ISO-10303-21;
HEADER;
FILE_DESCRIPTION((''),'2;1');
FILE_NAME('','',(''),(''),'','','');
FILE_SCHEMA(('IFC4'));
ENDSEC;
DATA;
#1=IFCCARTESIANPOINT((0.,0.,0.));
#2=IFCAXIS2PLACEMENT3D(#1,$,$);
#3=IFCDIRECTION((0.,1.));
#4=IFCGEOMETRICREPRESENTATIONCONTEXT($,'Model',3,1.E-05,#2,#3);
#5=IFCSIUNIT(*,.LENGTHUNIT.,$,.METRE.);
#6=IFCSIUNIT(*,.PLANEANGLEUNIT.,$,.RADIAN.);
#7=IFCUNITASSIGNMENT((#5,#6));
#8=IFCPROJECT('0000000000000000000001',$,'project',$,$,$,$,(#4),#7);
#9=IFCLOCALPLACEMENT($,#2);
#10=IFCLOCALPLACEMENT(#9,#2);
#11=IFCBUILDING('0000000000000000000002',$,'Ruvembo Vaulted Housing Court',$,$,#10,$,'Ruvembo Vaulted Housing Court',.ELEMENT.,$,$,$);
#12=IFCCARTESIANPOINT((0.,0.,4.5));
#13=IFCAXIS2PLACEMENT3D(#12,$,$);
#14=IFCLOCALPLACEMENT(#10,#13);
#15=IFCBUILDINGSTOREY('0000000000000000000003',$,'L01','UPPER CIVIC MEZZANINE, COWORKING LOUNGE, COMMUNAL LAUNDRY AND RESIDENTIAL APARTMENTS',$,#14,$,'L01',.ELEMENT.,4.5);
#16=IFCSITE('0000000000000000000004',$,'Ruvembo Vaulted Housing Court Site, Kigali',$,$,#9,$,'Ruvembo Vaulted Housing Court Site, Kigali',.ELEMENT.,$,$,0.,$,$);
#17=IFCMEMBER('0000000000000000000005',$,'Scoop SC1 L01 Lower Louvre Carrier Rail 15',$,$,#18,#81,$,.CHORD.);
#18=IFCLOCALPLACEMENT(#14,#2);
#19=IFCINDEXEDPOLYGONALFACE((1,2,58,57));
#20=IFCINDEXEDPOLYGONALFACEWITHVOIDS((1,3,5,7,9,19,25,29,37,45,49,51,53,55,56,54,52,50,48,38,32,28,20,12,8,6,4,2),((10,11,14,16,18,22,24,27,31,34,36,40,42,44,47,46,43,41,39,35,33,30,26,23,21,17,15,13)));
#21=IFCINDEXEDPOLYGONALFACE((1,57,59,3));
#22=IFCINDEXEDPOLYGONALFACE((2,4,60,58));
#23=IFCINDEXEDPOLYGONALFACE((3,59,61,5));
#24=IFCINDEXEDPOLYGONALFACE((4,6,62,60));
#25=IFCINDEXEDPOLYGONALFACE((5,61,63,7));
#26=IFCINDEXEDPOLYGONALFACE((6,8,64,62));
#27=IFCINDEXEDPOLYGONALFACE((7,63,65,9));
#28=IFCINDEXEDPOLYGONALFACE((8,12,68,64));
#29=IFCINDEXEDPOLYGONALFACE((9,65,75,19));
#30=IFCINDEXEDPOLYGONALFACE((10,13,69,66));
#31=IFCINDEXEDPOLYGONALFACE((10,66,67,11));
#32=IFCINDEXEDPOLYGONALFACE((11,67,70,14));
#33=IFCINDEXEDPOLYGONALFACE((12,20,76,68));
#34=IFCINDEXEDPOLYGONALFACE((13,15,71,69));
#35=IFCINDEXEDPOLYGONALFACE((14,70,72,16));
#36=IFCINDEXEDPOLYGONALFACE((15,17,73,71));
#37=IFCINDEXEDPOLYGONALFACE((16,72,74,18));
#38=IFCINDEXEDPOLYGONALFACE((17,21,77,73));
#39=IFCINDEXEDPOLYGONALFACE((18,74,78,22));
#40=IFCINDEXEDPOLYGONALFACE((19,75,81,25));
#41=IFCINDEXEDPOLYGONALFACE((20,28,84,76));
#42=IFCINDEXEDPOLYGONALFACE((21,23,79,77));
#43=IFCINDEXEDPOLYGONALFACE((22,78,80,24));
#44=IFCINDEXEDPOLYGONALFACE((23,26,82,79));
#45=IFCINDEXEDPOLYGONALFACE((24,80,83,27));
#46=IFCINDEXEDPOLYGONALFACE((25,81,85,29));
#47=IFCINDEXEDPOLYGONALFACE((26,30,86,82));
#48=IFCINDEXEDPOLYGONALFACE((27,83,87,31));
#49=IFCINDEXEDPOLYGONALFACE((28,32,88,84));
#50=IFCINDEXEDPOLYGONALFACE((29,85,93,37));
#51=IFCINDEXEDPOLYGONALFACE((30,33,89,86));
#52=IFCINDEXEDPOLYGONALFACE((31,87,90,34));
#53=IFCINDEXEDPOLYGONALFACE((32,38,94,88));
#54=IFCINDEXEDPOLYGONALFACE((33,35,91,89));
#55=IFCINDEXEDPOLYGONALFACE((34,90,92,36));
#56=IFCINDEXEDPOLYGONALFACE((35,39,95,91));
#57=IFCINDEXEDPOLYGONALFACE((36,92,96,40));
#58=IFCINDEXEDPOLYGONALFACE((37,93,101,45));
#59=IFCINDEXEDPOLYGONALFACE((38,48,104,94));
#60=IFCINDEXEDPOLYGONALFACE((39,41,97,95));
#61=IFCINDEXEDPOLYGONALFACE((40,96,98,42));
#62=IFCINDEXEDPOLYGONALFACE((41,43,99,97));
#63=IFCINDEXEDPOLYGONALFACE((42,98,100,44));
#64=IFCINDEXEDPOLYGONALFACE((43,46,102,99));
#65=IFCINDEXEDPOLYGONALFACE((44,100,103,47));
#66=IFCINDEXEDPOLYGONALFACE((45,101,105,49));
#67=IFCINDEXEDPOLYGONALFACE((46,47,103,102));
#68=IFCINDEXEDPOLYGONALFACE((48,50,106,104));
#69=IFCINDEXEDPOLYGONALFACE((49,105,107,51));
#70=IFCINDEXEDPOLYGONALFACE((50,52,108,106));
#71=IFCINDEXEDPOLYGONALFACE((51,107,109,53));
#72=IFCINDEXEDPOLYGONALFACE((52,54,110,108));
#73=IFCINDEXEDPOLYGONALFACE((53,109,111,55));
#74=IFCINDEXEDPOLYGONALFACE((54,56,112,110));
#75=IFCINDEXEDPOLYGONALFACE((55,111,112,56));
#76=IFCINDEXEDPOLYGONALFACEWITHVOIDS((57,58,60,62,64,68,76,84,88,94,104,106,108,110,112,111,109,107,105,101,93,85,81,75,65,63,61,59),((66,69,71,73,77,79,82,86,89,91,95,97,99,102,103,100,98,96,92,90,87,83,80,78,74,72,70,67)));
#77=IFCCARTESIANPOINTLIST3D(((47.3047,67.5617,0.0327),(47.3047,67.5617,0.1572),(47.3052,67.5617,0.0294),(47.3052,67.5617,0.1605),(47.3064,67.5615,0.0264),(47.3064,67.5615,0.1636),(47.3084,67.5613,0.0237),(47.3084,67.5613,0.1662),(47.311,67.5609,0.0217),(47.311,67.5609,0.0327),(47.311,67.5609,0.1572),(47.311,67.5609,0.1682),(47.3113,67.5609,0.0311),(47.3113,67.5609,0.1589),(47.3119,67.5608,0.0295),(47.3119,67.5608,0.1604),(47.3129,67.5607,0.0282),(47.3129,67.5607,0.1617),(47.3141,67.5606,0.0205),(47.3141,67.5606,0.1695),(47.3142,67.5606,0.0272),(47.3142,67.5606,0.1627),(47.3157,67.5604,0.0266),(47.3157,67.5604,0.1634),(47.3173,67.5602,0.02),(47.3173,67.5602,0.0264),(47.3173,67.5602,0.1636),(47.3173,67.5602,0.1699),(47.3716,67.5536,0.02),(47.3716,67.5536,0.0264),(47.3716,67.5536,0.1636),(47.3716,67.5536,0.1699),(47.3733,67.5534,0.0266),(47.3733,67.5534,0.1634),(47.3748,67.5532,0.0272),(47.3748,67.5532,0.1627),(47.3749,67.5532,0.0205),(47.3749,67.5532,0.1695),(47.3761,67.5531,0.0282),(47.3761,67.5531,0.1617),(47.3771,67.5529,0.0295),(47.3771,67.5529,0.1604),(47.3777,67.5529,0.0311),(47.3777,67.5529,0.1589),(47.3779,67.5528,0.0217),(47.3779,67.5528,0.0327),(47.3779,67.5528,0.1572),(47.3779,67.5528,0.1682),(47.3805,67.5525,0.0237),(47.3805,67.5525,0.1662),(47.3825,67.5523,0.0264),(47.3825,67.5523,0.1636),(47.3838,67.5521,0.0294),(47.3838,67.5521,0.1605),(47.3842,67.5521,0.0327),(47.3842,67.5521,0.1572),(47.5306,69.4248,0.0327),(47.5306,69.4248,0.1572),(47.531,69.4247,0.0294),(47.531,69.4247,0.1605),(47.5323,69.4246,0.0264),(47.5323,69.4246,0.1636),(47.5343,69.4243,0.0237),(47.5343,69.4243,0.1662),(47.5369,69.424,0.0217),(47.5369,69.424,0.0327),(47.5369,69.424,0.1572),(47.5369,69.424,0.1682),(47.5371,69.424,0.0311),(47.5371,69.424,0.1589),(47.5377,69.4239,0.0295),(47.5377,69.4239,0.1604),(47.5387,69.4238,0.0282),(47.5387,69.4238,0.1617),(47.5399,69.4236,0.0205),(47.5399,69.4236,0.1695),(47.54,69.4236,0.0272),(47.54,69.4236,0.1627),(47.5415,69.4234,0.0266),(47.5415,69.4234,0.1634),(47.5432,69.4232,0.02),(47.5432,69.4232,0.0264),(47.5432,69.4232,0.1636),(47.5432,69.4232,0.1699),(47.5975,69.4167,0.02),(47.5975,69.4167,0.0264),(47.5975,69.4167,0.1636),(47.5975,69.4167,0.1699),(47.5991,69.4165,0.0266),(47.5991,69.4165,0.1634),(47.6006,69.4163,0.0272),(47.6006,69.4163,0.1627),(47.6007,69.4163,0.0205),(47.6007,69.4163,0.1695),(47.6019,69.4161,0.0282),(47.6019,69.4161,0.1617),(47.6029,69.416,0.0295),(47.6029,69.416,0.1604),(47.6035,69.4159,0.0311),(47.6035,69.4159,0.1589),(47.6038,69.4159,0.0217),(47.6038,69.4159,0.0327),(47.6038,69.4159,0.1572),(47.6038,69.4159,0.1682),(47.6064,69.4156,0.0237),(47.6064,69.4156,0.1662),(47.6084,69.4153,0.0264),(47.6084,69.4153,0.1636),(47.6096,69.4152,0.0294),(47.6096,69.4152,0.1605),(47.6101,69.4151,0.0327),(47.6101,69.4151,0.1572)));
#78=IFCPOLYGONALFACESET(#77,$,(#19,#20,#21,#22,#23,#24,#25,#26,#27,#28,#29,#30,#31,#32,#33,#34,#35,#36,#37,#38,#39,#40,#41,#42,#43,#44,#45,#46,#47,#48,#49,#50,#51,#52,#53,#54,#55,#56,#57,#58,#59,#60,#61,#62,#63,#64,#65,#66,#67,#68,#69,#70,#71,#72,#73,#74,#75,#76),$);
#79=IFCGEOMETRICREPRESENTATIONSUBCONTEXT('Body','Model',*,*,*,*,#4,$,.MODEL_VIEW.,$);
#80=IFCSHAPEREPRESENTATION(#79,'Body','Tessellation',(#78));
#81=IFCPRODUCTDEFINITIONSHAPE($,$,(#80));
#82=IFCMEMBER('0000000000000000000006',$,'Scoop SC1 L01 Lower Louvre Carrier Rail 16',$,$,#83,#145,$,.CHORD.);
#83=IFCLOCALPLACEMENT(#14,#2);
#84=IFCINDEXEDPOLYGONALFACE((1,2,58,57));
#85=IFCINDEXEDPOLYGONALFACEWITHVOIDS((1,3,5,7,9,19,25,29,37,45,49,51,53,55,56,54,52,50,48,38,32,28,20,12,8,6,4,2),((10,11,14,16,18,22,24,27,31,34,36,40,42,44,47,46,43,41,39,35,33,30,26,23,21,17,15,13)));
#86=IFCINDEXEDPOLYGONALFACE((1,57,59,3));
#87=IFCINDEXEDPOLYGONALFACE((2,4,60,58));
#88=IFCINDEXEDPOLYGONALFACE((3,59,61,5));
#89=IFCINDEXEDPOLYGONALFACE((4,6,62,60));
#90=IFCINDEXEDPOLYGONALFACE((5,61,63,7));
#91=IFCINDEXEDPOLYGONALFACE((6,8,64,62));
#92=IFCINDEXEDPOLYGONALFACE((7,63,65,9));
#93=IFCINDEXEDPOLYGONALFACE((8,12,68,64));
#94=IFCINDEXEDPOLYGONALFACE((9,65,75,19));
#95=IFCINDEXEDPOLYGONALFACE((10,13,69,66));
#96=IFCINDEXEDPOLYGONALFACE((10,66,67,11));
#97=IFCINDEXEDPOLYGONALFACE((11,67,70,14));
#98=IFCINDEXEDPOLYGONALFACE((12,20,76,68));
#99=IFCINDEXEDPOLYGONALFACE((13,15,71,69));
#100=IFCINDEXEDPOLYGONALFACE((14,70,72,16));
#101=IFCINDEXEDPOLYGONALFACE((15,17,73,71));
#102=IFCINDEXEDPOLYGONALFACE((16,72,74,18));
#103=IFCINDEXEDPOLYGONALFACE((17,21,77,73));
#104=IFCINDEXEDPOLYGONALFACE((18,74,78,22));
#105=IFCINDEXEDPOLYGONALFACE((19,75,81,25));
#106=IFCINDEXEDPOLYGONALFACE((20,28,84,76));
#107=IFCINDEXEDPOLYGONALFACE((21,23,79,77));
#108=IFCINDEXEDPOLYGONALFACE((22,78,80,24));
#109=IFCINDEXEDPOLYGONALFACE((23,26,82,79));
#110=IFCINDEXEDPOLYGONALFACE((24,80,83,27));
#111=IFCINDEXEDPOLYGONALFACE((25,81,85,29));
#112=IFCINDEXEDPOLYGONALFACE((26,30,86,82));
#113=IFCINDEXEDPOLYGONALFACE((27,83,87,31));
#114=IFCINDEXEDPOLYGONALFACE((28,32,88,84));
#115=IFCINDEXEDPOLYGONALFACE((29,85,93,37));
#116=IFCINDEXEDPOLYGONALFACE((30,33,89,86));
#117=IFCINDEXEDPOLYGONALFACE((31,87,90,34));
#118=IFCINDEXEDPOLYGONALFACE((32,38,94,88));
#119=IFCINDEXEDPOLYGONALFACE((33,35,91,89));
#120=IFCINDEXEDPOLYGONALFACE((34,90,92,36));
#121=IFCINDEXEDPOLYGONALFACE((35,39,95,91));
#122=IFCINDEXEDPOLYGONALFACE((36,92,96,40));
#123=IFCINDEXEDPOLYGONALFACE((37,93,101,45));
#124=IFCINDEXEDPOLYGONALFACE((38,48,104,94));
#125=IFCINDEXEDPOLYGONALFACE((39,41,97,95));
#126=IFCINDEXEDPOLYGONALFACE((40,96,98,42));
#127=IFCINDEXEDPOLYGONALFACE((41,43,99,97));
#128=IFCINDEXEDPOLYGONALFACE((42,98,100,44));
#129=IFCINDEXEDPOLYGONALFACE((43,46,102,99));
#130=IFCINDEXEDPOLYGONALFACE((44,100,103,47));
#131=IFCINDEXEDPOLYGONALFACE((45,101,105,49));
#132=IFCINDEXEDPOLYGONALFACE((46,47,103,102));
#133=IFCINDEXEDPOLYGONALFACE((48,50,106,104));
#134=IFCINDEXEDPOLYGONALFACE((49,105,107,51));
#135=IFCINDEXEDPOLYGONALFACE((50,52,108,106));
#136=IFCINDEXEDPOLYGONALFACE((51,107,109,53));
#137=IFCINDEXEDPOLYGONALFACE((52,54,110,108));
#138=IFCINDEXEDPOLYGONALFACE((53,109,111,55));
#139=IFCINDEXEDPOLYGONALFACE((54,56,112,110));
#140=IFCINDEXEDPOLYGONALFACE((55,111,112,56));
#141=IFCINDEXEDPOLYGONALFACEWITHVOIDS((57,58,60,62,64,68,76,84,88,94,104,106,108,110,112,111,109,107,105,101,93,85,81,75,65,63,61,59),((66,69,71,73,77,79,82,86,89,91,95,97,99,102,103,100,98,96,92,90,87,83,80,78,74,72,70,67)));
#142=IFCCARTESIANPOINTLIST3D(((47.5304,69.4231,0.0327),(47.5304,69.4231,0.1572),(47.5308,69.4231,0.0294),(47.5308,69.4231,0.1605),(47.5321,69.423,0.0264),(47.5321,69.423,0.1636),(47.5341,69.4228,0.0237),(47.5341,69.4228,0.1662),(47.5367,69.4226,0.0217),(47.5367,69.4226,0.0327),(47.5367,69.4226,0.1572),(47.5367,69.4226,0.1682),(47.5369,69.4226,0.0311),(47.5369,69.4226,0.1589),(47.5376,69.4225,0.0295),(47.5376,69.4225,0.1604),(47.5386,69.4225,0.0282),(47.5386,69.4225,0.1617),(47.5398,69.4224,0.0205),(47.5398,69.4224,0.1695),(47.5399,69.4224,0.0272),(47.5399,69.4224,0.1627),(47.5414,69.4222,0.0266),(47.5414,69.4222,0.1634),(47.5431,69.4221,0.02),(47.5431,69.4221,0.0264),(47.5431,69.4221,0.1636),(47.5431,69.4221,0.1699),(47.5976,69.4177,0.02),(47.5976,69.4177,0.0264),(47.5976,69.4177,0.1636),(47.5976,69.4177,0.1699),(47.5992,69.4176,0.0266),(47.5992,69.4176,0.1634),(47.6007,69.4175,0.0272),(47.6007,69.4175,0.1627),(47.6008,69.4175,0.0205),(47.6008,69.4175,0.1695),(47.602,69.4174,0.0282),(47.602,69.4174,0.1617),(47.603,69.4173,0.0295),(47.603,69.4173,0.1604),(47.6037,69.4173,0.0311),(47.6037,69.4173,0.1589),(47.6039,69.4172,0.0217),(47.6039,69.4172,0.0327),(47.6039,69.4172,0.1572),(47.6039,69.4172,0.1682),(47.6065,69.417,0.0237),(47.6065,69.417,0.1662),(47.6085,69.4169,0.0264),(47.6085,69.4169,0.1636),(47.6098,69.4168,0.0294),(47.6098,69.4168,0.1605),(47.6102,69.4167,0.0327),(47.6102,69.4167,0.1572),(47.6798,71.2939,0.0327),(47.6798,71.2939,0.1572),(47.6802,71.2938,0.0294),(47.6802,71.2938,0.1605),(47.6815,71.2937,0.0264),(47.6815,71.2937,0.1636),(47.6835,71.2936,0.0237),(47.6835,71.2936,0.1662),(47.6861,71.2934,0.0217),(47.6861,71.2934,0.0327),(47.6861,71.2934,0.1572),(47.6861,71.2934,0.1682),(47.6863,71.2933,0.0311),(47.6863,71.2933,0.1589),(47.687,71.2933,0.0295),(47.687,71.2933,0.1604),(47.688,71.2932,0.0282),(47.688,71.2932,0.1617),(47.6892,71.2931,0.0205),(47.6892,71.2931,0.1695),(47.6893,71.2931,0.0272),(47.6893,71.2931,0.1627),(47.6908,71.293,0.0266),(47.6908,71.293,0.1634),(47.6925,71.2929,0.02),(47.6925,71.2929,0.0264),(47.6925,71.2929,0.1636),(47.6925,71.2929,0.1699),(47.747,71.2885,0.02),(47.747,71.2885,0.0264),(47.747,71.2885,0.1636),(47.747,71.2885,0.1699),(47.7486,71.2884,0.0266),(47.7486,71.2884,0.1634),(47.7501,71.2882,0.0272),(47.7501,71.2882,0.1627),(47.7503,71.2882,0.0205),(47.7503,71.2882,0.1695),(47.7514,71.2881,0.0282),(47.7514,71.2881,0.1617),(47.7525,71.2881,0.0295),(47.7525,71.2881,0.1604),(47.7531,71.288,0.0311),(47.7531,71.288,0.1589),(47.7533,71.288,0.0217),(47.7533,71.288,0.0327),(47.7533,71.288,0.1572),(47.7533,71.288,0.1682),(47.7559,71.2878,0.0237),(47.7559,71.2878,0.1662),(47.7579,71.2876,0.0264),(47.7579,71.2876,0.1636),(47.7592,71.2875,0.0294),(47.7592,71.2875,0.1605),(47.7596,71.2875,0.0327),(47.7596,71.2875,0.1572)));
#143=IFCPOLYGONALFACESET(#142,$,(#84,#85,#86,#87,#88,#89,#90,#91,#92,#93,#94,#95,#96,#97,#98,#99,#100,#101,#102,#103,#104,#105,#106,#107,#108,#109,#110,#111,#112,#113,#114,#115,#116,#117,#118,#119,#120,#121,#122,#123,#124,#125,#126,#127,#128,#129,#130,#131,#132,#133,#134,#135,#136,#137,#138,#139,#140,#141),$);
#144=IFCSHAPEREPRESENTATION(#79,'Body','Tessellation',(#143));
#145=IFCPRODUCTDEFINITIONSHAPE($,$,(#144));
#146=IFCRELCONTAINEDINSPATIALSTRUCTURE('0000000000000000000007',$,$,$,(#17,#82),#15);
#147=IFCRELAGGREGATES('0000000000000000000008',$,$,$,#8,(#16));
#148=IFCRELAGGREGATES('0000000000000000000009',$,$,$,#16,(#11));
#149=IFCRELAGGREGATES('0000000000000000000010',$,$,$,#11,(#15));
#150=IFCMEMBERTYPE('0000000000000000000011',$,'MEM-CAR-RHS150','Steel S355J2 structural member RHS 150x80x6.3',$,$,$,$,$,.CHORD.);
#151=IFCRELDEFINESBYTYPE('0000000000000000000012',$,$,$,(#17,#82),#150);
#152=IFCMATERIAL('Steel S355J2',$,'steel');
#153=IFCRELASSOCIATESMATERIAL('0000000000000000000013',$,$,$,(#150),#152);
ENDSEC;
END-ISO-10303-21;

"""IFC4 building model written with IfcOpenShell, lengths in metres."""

from ifc_helpers import new_model, si_unit, direction, frame, origin, origin_2d, place, context, subcontext, project, spatial, hollow_rectangle, extrude, material, material_profile, profile_set, type_object, element, save


model = new_model("IFC4")

# Units and contexts
model_context = context("Model", 3, precision=1e-05, world=origin(), true_north=direction((0.0, 1.0)))
body_context = subcontext(model_context, "Body", "Model", "MODEL_VIEW")
ifc_project = project(units=[si_unit("LENGTHUNIT", "METRE"), si_unit("PLANEANGLEUNIT", "RADIAN")], contexts=[model_context])

# Site, building, storey
site_placement = place(None, origin())
site = spatial("IfcSite", under=ifc_project, at=site_placement, Name="Ruvembo Vaulted Housing Court Site, Kigali", LongName="Ruvembo Vaulted Housing Court Site, Kigali", CompositionType="ELEMENT", RefElevation=0.0)
building_placement = place(site_placement, origin())
building = spatial("IfcBuilding", under=site, at=building_placement, Name="Ruvembo Vaulted Housing Court", LongName="Ruvembo Vaulted Housing Court", CompositionType="ELEMENT")
storey_placement = place(building_placement, frame((0.0, 0.0, 4.5)))
storey = spatial("IfcBuildingStorey", under=building, at=storey_placement, Name="L01", Description="UPPER CIVIC MEZZANINE, COWORKING LOUNGE, COMMUNAL LAUNDRY AND RESIDENTIAL APARTMENTS", LongName="L01", CompositionType="ELEMENT", Elevation=4.5)

# Shared definitions
ifc_material_1 = material(Name="Steel S355J2", Category="steel")

# Members
ifc_material_profile_1 = material_profile(ifc_material_1, hollow_rectangle(XDim=0.0801, YDim=0.1499, WallThickness=0.0063, InnerFilletRadius=0.0063, OuterFilletRadius=0.0127, at=origin_2d()), Name="RHS 150x80x6.3")
ifc_profile_set_1 = profile_set([ifc_material_profile_1], Name="Steel S355J2")
member_type_1 = type_object("IfcMemberType", Name="MEM-CAR-RHS150", Description="Steel S355J2 structural member RHS 150x80x6.3", PredefinedType="CHORD", material=ifc_profile_set_1)
for number, where, z_axis, x_axis, name in (
    (1, (47.3445, 67.5569, 0.095), (0.120335, 0.992733, 0.0), (-0.992733, 0.120335, 0.0), "Scoop SC1 L01 Lower Louvre Carrier Rail 15"),
    (2, (47.5703, 69.4199, 0.095), (0.079611, 0.996826, 0.0), (-0.996826, 0.079611, 0.0), "Scoop SC1 L01 Lower Louvre Carrier Rail 16"),
):
    element("IfcMember", number, at=place(storey_placement, frame(where, z_axis=z_axis, x_axis=x_axis)), inside=storey, type_object=member_type_1, Name=name, PredefinedType="CHORD", context=body_context, shape_type="SweptSolid", body=[
        extrude(hollow_rectangle(XDim=0.0801, YDim=0.1499, WallThickness=0.0063, InnerFilletRadius=0.0063, OuterFilletRadius=0.0127, at=origin_2d()), origin(), (0.0, 0.0, 1.0), 1.8767),
    ])

save(model, "model.ifc")
